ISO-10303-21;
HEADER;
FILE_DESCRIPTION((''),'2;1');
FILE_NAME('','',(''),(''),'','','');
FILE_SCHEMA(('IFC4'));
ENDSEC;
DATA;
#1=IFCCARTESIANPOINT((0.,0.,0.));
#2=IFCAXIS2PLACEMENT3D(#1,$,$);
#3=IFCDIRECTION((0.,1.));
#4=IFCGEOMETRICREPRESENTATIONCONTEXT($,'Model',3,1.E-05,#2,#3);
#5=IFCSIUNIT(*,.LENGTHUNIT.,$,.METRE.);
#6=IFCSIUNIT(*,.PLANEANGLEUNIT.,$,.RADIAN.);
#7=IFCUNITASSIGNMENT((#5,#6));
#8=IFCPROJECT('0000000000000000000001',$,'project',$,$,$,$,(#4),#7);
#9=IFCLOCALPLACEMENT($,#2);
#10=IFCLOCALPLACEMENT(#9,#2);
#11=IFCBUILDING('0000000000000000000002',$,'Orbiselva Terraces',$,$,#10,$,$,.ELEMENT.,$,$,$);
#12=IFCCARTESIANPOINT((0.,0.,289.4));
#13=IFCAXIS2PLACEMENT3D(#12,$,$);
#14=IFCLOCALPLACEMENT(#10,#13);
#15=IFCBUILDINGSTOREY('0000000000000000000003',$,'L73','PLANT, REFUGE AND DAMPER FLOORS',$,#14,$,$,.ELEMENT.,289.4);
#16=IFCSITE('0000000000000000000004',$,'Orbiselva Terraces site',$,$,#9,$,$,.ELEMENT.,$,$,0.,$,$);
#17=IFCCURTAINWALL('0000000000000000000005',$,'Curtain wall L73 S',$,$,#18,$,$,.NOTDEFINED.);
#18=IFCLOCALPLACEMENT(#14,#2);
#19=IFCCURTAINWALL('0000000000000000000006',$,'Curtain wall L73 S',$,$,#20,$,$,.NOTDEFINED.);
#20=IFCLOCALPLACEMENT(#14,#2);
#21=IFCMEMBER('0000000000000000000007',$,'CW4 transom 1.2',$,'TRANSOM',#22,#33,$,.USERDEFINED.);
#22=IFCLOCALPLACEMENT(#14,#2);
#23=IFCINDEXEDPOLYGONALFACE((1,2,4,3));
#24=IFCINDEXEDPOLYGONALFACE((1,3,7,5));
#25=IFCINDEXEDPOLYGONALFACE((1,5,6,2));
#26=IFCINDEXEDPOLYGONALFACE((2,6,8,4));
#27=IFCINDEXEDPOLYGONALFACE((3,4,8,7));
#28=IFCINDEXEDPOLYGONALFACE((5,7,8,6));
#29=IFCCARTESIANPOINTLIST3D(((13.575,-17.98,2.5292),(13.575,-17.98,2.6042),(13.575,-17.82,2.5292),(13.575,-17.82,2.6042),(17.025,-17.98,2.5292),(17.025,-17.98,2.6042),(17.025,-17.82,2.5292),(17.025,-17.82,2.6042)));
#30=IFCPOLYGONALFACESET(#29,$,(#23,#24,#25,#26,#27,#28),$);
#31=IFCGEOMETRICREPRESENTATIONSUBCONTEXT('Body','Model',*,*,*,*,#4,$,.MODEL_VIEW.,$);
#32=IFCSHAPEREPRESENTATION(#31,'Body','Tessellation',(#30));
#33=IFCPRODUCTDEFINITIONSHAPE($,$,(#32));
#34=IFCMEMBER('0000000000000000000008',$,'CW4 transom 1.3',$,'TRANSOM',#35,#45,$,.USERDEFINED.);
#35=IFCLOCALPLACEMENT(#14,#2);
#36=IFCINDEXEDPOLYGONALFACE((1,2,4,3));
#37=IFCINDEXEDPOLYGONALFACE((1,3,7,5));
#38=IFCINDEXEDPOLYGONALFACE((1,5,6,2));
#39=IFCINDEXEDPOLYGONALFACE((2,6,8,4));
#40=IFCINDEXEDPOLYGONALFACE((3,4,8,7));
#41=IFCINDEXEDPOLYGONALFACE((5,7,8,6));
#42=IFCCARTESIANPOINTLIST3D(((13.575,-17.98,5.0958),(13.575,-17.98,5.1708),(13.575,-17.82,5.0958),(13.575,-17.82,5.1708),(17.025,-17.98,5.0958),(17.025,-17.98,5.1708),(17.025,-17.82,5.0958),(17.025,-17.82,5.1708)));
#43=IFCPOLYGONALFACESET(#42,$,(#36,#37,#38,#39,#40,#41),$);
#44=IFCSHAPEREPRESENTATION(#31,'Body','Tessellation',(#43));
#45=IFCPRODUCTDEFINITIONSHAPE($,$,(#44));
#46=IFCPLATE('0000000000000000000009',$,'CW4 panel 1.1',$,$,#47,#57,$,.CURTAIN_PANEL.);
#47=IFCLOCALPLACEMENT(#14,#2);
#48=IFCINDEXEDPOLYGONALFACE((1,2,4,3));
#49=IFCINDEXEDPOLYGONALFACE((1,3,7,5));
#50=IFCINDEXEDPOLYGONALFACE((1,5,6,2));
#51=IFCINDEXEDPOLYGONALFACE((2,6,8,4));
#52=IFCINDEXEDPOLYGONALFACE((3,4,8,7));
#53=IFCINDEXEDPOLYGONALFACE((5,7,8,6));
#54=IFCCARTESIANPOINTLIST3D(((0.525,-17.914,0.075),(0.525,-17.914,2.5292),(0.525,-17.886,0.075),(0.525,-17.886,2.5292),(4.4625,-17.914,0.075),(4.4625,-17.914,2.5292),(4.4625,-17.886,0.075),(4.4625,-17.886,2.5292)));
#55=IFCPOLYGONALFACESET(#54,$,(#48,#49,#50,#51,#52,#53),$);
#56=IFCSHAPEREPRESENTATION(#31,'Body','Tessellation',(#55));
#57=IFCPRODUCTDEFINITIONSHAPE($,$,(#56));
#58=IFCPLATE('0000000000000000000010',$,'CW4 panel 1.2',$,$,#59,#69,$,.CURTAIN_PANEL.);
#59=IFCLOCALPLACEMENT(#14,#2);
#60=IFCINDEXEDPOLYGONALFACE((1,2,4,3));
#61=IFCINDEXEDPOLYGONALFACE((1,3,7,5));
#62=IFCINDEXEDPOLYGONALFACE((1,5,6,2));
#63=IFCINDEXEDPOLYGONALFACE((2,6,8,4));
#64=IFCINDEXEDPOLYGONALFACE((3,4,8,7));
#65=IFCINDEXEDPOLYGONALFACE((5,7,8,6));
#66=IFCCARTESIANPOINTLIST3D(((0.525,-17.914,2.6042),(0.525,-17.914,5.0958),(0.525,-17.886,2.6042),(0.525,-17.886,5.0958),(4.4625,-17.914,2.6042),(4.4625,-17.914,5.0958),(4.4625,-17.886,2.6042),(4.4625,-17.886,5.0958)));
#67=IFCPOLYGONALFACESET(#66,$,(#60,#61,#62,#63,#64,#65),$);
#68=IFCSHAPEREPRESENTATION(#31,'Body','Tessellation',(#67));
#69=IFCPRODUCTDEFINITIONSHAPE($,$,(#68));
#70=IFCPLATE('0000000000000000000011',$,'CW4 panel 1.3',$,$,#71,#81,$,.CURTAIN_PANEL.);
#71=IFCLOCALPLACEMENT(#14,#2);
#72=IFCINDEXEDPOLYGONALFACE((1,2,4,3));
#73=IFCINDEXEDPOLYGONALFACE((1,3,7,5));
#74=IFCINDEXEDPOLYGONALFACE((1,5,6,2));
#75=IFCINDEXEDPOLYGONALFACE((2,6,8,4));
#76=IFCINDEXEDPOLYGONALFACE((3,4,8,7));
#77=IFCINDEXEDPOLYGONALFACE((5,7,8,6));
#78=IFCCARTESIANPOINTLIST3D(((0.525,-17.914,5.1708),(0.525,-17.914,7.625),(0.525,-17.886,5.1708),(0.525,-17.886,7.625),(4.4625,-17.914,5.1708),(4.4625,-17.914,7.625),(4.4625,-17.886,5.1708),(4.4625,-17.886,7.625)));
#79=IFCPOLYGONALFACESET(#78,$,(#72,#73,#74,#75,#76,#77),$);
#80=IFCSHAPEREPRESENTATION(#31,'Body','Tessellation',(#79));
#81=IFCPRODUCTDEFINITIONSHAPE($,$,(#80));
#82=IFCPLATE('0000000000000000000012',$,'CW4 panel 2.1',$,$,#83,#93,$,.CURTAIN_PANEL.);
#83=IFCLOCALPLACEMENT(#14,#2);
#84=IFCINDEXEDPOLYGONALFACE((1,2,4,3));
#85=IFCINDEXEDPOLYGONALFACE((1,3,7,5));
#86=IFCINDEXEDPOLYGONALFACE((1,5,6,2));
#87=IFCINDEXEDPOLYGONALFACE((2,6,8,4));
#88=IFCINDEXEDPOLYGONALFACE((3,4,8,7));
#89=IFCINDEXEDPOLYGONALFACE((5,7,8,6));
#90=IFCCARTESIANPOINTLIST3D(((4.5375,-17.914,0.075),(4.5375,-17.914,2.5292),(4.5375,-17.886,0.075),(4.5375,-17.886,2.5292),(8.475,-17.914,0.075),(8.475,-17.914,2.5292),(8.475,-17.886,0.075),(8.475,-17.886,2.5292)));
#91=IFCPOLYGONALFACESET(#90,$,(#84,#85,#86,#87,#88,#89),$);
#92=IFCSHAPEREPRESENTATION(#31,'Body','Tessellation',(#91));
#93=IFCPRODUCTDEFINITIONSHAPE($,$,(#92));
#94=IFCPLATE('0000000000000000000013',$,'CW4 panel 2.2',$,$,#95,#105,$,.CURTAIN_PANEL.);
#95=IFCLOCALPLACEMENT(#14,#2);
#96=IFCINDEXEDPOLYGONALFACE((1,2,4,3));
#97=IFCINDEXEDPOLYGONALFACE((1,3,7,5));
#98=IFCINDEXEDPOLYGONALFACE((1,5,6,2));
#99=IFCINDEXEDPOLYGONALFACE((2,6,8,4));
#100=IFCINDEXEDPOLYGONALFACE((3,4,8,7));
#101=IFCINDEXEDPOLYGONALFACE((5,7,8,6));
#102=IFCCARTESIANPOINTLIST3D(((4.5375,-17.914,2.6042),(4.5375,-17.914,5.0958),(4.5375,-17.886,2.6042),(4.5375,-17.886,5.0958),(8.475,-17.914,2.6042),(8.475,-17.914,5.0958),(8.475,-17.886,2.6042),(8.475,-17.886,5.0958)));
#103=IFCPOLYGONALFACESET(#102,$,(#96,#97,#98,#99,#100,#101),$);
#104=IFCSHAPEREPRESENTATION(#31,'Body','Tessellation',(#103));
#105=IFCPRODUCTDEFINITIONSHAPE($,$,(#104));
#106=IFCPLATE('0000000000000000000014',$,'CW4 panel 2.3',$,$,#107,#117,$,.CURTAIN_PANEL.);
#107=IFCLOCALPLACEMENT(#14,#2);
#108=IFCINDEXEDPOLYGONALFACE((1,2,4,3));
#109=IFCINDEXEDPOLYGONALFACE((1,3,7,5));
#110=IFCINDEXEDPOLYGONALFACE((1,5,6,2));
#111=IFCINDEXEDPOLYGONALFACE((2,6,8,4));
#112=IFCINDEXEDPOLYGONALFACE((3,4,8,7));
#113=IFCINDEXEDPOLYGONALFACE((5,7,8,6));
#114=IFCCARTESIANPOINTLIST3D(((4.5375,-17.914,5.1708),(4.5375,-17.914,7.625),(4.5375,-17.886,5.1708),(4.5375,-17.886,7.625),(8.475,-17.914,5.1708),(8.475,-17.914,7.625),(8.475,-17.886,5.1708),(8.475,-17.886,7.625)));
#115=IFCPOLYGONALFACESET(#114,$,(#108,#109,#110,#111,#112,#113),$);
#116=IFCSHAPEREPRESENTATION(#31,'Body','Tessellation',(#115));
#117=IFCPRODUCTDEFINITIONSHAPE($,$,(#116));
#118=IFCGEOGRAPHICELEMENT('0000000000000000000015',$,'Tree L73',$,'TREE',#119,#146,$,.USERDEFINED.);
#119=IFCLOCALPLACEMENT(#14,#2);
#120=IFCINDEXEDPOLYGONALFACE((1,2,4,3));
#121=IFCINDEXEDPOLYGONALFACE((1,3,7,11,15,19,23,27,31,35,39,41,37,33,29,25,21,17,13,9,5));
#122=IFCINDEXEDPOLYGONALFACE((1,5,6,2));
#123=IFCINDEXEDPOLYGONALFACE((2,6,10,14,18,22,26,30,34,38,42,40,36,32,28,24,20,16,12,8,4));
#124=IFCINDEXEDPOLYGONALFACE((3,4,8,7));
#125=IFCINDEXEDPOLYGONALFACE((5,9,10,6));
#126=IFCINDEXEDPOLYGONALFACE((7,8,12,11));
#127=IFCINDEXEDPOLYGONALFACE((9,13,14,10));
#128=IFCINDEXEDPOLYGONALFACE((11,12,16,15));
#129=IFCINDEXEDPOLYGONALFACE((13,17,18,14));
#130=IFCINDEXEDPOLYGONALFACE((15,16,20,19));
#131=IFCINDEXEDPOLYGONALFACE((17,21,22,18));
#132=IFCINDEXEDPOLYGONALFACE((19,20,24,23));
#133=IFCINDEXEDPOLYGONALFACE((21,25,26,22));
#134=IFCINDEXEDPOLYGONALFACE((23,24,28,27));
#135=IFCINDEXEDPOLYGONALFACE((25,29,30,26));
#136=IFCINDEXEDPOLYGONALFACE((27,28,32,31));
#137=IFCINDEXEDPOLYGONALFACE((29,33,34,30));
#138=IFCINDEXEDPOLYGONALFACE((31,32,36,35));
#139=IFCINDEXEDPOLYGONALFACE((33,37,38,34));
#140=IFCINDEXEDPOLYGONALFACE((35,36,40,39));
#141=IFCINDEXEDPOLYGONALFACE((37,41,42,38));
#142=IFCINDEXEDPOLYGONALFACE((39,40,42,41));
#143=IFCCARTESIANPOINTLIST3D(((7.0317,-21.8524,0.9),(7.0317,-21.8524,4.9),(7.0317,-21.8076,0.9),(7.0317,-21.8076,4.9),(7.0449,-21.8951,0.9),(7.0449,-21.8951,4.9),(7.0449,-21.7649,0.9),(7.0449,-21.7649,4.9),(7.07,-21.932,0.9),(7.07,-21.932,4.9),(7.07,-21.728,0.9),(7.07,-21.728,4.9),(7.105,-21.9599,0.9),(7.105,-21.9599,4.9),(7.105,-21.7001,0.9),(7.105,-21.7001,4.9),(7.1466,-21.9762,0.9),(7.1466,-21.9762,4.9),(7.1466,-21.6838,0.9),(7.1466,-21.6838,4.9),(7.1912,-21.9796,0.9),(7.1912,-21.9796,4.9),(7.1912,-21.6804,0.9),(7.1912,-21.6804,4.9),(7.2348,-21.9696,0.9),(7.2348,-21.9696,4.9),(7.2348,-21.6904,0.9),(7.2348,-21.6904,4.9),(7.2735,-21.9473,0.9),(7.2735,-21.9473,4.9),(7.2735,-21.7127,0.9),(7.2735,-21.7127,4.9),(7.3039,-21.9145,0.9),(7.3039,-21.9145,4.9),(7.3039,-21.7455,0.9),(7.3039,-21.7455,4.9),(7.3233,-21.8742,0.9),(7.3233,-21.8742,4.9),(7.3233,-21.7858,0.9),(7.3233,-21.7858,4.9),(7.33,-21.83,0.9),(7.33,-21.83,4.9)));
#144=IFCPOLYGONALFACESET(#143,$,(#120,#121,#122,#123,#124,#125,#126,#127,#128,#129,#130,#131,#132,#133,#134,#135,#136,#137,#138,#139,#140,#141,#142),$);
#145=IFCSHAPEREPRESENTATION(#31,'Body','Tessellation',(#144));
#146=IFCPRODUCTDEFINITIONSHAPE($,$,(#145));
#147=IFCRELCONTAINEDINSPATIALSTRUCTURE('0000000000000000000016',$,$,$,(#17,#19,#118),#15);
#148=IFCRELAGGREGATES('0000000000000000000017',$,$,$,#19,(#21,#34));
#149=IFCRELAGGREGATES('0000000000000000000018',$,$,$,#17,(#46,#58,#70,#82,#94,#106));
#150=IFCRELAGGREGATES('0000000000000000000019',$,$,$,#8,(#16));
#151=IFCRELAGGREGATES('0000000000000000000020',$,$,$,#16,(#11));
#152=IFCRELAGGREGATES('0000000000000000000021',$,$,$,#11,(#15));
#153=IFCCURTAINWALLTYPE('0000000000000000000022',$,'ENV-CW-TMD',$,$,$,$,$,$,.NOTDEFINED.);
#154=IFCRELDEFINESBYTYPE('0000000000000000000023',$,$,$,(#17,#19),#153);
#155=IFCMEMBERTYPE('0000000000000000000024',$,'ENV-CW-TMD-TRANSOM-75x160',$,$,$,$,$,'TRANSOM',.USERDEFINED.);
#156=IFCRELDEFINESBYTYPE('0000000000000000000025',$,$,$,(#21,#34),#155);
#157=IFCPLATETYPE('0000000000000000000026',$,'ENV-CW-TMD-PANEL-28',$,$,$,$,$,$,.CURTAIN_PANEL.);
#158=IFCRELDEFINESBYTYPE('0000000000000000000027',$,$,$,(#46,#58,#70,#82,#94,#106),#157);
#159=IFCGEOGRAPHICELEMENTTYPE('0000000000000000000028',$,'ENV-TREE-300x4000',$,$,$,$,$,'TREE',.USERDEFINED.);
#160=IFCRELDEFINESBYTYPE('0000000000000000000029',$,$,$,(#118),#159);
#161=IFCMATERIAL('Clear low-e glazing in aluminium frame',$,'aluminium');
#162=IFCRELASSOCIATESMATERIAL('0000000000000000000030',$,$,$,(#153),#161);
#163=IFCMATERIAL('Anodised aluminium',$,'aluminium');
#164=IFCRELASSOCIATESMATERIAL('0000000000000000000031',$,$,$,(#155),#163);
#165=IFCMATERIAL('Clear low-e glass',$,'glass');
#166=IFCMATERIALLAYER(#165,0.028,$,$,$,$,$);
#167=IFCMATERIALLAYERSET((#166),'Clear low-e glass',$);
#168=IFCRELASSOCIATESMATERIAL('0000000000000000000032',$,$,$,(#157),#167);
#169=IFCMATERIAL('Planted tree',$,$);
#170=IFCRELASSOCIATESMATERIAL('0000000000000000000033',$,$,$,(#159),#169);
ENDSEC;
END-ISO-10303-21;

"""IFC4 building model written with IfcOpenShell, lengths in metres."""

from ifc_helpers import new_model, si_unit, direction, frame, origin, origin_2d, place, context, subcontext, project, spatial, rectangle, circle, extrude, material, layer, layer_set, material_profile, profile_set, type_object, element, aggregate, save


model = new_model("IFC4")

# Units and contexts
model_context = context("Model", 3, precision=1e-05, world=origin(), true_north=direction((0.0, 1.0)))
body_context = subcontext(model_context, "Body", "Model", "MODEL_VIEW")
ifc_project = project(units=[si_unit("LENGTHUNIT", "METRE"), si_unit("PLANEANGLEUNIT", "RADIAN")], contexts=[model_context])

# Site, building, storey
site_placement = place(None, origin())
site = spatial("IfcSite", under=ifc_project, at=site_placement, Name="Orbiselva Terraces site", CompositionType="ELEMENT", RefElevation=0.0)
building_placement = place(site_placement, origin())
building = spatial("IfcBuilding", under=site, at=building_placement, Name="Orbiselva Terraces", CompositionType="ELEMENT")
storey_placement = place(building_placement, frame((0.0, 0.0, 289.4)))
storey = spatial("IfcBuildingStorey", under=building, at=storey_placement, Name="L73", Description="PLANT, REFUGE AND DAMPER FLOORS", CompositionType="ELEMENT", Elevation=289.4)

# Curtain wall
ifc_material_1 = material(Name="Clear low-e glazing in aluminium frame", Category="aluminium")
curtain_wall_type = type_object("IfcCurtainWallType", Name="ENV-CW-TMD", PredefinedType="NOTDEFINED", material=ifc_material_1)
curtain_wall_1_placement = place(storey_placement, origin())
curtain_wall_1 = element("IfcCurtainWall", 1, at=curtain_wall_1_placement, inside=storey, type_object=curtain_wall_type, Name="Curtain wall L73 S", PredefinedType="NOTDEFINED")
ifc_material_2 = material(Name="Anodised aluminium", Category="aluminium")

# Curtain wall
curtain_wall_2_placement = place(storey_placement, origin())
curtain_wall_2 = element("IfcCurtainWall", 2, at=curtain_wall_2_placement, inside=storey, type_object=curtain_wall_type, Name="Curtain wall L73 S", PredefinedType="NOTDEFINED")

# Members
ifc_material_profile_1 = material_profile(ifc_material_2, rectangle(XDim=0.16, YDim=0.075, at=origin_2d()), Name="AL 75x160")
ifc_profile_set_1 = profile_set([ifc_material_profile_1], Name="Anodised aluminium")
member_type_1 = type_object("IfcMemberType", Name="ENV-CW-TMD-TRANSOM-75x160", ElementType="TRANSOM", PredefinedType="USERDEFINED", material=ifc_profile_set_1)
member_1_placement = place(storey_placement, frame((13.575, -17.9, 2.5667), z_axis=(1.0, 0.0, 0.0), x_axis=(0.0, 1.0, 0.0)))
member_1 = element("IfcMember", 3, at=member_1_placement, type_object=member_type_1, Name="CW4 transom 1.2", ObjectType="TRANSOM", PredefinedType="USERDEFINED", context=body_context, shape_type="SweptSolid", body=[
    extrude(rectangle(XDim=0.16, YDim=0.075, at=origin_2d()), origin(), (0.0, 0.0, 1.0), 3.45),
])
member_2_placement = place(storey_placement, frame((13.575, -17.9, 5.1333), z_axis=(1.0, 0.0, 0.0), x_axis=(0.0, 1.0, 0.0)))
member_2 = element("IfcMember", 4, at=member_2_placement, type_object=member_type_1, Name="CW4 transom 1.3", ObjectType="TRANSOM", PredefinedType="USERDEFINED", context=body_context, shape_type="SweptSolid", body=[
    extrude(rectangle(XDim=0.16, YDim=0.075, at=origin_2d()), origin(), (0.0, 0.0, 1.0), 3.45),
])
aggregate(curtain_wall_2, [member_1, member_2])

# Plates
ifc_material_3 = material(Name="Clear low-e glass", Category="glass")
ifc_layer = layer(ifc_material_3, 0.028)
ifc_layer_set = layer_set([ifc_layer], Name="Clear low-e glass")
plate_type = type_object("IfcPlateType", Name="ENV-CW-TMD-PANEL-28", PredefinedType="CURTAIN_PANEL", material=ifc_layer_set)
plate_1_placement = place(storey_placement, frame((2.4937, -17.9, 0.075), z_axis=(0.0, 0.0, 1.0), x_axis=(1.0, 0.0, 0.0)))
plate_1 = element("IfcPlate", 5, at=plate_1_placement, type_object=plate_type, Name="CW4 panel 1.1", PredefinedType="CURTAIN_PANEL", context=body_context, shape_type="SweptSolid", body=[
    extrude(rectangle(XDim=3.9375, YDim=0.028, at=origin_2d()), origin(), (0.0, 0.0, 1.0), 2.4542),
])
plate_2_placement = place(storey_placement, frame((2.4937, -17.9, 2.6042), z_axis=(0.0, 0.0, 1.0), x_axis=(1.0, 0.0, 0.0)))
plate_2 = element("IfcPlate", 6, at=plate_2_placement, type_object=plate_type, Name="CW4 panel 1.2", PredefinedType="CURTAIN_PANEL", context=body_context, shape_type="SweptSolid", body=[
    extrude(rectangle(XDim=3.9375, YDim=0.028, at=origin_2d()), origin(), (0.0, 0.0, 1.0), 2.4917),
])
plate_3_placement = place(storey_placement, frame((2.4937, -17.9, 5.1708), z_axis=(0.0, 0.0, 1.0), x_axis=(1.0, 0.0, 0.0)))
plate_3 = element("IfcPlate", 7, at=plate_3_placement, type_object=plate_type, Name="CW4 panel 1.3", PredefinedType="CURTAIN_PANEL", context=body_context, shape_type="SweptSolid", body=[
    extrude(rectangle(XDim=3.9375, YDim=0.028, at=origin_2d()), origin(), (0.0, 0.0, 1.0), 2.4542),
])
plate_4_placement = place(storey_placement, frame((6.5062, -17.9, 0.075), z_axis=(0.0, 0.0, 1.0), x_axis=(1.0, 0.0, 0.0)))
plate_4 = element("IfcPlate", 8, at=plate_4_placement, type_object=plate_type, Name="CW4 panel 2.1", PredefinedType="CURTAIN_PANEL", context=body_context, shape_type="SweptSolid", body=[
    extrude(rectangle(XDim=3.9375, YDim=0.028, at=origin_2d()), origin(), (0.0, 0.0, 1.0), 2.4542),
])
plate_5_placement = place(storey_placement, frame((6.5062, -17.9, 2.6042), z_axis=(0.0, 0.0, 1.0), x_axis=(1.0, 0.0, 0.0)))
plate_5 = element("IfcPlate", 9, at=plate_5_placement, type_object=plate_type, Name="CW4 panel 2.2", PredefinedType="CURTAIN_PANEL", context=body_context, shape_type="SweptSolid", body=[
    extrude(rectangle(XDim=3.9375, YDim=0.028, at=origin_2d()), origin(), (0.0, 0.0, 1.0), 2.4917),
])
plate_6_placement = place(storey_placement, frame((6.5062, -17.9, 5.1708), z_axis=(0.0, 0.0, 1.0), x_axis=(1.0, 0.0, 0.0)))
plate_6 = element("IfcPlate", 10, at=plate_6_placement, type_object=plate_type, Name="CW4 panel 2.3", PredefinedType="CURTAIN_PANEL", context=body_context, shape_type="SweptSolid", body=[
    extrude(rectangle(XDim=3.9375, YDim=0.028, at=origin_2d()), origin(), (0.0, 0.0, 1.0), 2.4542),
])
aggregate(curtain_wall_1, [plate_1, plate_2, plate_3, plate_4, plate_5, plate_6])

# Geographic element
ifc_material_4 = material(Name="Planted tree")
geographic_element_type = type_object("IfcGeographicElementType", Name="ENV-TREE-300x4000", ElementType="TREE", PredefinedType="USERDEFINED", material=ifc_material_4)
geographic_element_placement = place(storey_placement, frame((7.18, -21.83, 4.9), z_axis=(0.0, 0.0, -1.0), x_axis=(1.0, 0.0, 0.0)))
element("IfcGeographicElement", 11, at=geographic_element_placement, inside=storey, type_object=geographic_element_type, Name="Tree L73", ObjectType="TREE", PredefinedType="USERDEFINED", context=body_context, shape_type="SweptSolid", body=[
    extrude(circle(Radius=0.15, at=origin_2d()), origin(), (0.0, 0.0, 1.0), 4.0),
])

save(model, "model.ifc")
